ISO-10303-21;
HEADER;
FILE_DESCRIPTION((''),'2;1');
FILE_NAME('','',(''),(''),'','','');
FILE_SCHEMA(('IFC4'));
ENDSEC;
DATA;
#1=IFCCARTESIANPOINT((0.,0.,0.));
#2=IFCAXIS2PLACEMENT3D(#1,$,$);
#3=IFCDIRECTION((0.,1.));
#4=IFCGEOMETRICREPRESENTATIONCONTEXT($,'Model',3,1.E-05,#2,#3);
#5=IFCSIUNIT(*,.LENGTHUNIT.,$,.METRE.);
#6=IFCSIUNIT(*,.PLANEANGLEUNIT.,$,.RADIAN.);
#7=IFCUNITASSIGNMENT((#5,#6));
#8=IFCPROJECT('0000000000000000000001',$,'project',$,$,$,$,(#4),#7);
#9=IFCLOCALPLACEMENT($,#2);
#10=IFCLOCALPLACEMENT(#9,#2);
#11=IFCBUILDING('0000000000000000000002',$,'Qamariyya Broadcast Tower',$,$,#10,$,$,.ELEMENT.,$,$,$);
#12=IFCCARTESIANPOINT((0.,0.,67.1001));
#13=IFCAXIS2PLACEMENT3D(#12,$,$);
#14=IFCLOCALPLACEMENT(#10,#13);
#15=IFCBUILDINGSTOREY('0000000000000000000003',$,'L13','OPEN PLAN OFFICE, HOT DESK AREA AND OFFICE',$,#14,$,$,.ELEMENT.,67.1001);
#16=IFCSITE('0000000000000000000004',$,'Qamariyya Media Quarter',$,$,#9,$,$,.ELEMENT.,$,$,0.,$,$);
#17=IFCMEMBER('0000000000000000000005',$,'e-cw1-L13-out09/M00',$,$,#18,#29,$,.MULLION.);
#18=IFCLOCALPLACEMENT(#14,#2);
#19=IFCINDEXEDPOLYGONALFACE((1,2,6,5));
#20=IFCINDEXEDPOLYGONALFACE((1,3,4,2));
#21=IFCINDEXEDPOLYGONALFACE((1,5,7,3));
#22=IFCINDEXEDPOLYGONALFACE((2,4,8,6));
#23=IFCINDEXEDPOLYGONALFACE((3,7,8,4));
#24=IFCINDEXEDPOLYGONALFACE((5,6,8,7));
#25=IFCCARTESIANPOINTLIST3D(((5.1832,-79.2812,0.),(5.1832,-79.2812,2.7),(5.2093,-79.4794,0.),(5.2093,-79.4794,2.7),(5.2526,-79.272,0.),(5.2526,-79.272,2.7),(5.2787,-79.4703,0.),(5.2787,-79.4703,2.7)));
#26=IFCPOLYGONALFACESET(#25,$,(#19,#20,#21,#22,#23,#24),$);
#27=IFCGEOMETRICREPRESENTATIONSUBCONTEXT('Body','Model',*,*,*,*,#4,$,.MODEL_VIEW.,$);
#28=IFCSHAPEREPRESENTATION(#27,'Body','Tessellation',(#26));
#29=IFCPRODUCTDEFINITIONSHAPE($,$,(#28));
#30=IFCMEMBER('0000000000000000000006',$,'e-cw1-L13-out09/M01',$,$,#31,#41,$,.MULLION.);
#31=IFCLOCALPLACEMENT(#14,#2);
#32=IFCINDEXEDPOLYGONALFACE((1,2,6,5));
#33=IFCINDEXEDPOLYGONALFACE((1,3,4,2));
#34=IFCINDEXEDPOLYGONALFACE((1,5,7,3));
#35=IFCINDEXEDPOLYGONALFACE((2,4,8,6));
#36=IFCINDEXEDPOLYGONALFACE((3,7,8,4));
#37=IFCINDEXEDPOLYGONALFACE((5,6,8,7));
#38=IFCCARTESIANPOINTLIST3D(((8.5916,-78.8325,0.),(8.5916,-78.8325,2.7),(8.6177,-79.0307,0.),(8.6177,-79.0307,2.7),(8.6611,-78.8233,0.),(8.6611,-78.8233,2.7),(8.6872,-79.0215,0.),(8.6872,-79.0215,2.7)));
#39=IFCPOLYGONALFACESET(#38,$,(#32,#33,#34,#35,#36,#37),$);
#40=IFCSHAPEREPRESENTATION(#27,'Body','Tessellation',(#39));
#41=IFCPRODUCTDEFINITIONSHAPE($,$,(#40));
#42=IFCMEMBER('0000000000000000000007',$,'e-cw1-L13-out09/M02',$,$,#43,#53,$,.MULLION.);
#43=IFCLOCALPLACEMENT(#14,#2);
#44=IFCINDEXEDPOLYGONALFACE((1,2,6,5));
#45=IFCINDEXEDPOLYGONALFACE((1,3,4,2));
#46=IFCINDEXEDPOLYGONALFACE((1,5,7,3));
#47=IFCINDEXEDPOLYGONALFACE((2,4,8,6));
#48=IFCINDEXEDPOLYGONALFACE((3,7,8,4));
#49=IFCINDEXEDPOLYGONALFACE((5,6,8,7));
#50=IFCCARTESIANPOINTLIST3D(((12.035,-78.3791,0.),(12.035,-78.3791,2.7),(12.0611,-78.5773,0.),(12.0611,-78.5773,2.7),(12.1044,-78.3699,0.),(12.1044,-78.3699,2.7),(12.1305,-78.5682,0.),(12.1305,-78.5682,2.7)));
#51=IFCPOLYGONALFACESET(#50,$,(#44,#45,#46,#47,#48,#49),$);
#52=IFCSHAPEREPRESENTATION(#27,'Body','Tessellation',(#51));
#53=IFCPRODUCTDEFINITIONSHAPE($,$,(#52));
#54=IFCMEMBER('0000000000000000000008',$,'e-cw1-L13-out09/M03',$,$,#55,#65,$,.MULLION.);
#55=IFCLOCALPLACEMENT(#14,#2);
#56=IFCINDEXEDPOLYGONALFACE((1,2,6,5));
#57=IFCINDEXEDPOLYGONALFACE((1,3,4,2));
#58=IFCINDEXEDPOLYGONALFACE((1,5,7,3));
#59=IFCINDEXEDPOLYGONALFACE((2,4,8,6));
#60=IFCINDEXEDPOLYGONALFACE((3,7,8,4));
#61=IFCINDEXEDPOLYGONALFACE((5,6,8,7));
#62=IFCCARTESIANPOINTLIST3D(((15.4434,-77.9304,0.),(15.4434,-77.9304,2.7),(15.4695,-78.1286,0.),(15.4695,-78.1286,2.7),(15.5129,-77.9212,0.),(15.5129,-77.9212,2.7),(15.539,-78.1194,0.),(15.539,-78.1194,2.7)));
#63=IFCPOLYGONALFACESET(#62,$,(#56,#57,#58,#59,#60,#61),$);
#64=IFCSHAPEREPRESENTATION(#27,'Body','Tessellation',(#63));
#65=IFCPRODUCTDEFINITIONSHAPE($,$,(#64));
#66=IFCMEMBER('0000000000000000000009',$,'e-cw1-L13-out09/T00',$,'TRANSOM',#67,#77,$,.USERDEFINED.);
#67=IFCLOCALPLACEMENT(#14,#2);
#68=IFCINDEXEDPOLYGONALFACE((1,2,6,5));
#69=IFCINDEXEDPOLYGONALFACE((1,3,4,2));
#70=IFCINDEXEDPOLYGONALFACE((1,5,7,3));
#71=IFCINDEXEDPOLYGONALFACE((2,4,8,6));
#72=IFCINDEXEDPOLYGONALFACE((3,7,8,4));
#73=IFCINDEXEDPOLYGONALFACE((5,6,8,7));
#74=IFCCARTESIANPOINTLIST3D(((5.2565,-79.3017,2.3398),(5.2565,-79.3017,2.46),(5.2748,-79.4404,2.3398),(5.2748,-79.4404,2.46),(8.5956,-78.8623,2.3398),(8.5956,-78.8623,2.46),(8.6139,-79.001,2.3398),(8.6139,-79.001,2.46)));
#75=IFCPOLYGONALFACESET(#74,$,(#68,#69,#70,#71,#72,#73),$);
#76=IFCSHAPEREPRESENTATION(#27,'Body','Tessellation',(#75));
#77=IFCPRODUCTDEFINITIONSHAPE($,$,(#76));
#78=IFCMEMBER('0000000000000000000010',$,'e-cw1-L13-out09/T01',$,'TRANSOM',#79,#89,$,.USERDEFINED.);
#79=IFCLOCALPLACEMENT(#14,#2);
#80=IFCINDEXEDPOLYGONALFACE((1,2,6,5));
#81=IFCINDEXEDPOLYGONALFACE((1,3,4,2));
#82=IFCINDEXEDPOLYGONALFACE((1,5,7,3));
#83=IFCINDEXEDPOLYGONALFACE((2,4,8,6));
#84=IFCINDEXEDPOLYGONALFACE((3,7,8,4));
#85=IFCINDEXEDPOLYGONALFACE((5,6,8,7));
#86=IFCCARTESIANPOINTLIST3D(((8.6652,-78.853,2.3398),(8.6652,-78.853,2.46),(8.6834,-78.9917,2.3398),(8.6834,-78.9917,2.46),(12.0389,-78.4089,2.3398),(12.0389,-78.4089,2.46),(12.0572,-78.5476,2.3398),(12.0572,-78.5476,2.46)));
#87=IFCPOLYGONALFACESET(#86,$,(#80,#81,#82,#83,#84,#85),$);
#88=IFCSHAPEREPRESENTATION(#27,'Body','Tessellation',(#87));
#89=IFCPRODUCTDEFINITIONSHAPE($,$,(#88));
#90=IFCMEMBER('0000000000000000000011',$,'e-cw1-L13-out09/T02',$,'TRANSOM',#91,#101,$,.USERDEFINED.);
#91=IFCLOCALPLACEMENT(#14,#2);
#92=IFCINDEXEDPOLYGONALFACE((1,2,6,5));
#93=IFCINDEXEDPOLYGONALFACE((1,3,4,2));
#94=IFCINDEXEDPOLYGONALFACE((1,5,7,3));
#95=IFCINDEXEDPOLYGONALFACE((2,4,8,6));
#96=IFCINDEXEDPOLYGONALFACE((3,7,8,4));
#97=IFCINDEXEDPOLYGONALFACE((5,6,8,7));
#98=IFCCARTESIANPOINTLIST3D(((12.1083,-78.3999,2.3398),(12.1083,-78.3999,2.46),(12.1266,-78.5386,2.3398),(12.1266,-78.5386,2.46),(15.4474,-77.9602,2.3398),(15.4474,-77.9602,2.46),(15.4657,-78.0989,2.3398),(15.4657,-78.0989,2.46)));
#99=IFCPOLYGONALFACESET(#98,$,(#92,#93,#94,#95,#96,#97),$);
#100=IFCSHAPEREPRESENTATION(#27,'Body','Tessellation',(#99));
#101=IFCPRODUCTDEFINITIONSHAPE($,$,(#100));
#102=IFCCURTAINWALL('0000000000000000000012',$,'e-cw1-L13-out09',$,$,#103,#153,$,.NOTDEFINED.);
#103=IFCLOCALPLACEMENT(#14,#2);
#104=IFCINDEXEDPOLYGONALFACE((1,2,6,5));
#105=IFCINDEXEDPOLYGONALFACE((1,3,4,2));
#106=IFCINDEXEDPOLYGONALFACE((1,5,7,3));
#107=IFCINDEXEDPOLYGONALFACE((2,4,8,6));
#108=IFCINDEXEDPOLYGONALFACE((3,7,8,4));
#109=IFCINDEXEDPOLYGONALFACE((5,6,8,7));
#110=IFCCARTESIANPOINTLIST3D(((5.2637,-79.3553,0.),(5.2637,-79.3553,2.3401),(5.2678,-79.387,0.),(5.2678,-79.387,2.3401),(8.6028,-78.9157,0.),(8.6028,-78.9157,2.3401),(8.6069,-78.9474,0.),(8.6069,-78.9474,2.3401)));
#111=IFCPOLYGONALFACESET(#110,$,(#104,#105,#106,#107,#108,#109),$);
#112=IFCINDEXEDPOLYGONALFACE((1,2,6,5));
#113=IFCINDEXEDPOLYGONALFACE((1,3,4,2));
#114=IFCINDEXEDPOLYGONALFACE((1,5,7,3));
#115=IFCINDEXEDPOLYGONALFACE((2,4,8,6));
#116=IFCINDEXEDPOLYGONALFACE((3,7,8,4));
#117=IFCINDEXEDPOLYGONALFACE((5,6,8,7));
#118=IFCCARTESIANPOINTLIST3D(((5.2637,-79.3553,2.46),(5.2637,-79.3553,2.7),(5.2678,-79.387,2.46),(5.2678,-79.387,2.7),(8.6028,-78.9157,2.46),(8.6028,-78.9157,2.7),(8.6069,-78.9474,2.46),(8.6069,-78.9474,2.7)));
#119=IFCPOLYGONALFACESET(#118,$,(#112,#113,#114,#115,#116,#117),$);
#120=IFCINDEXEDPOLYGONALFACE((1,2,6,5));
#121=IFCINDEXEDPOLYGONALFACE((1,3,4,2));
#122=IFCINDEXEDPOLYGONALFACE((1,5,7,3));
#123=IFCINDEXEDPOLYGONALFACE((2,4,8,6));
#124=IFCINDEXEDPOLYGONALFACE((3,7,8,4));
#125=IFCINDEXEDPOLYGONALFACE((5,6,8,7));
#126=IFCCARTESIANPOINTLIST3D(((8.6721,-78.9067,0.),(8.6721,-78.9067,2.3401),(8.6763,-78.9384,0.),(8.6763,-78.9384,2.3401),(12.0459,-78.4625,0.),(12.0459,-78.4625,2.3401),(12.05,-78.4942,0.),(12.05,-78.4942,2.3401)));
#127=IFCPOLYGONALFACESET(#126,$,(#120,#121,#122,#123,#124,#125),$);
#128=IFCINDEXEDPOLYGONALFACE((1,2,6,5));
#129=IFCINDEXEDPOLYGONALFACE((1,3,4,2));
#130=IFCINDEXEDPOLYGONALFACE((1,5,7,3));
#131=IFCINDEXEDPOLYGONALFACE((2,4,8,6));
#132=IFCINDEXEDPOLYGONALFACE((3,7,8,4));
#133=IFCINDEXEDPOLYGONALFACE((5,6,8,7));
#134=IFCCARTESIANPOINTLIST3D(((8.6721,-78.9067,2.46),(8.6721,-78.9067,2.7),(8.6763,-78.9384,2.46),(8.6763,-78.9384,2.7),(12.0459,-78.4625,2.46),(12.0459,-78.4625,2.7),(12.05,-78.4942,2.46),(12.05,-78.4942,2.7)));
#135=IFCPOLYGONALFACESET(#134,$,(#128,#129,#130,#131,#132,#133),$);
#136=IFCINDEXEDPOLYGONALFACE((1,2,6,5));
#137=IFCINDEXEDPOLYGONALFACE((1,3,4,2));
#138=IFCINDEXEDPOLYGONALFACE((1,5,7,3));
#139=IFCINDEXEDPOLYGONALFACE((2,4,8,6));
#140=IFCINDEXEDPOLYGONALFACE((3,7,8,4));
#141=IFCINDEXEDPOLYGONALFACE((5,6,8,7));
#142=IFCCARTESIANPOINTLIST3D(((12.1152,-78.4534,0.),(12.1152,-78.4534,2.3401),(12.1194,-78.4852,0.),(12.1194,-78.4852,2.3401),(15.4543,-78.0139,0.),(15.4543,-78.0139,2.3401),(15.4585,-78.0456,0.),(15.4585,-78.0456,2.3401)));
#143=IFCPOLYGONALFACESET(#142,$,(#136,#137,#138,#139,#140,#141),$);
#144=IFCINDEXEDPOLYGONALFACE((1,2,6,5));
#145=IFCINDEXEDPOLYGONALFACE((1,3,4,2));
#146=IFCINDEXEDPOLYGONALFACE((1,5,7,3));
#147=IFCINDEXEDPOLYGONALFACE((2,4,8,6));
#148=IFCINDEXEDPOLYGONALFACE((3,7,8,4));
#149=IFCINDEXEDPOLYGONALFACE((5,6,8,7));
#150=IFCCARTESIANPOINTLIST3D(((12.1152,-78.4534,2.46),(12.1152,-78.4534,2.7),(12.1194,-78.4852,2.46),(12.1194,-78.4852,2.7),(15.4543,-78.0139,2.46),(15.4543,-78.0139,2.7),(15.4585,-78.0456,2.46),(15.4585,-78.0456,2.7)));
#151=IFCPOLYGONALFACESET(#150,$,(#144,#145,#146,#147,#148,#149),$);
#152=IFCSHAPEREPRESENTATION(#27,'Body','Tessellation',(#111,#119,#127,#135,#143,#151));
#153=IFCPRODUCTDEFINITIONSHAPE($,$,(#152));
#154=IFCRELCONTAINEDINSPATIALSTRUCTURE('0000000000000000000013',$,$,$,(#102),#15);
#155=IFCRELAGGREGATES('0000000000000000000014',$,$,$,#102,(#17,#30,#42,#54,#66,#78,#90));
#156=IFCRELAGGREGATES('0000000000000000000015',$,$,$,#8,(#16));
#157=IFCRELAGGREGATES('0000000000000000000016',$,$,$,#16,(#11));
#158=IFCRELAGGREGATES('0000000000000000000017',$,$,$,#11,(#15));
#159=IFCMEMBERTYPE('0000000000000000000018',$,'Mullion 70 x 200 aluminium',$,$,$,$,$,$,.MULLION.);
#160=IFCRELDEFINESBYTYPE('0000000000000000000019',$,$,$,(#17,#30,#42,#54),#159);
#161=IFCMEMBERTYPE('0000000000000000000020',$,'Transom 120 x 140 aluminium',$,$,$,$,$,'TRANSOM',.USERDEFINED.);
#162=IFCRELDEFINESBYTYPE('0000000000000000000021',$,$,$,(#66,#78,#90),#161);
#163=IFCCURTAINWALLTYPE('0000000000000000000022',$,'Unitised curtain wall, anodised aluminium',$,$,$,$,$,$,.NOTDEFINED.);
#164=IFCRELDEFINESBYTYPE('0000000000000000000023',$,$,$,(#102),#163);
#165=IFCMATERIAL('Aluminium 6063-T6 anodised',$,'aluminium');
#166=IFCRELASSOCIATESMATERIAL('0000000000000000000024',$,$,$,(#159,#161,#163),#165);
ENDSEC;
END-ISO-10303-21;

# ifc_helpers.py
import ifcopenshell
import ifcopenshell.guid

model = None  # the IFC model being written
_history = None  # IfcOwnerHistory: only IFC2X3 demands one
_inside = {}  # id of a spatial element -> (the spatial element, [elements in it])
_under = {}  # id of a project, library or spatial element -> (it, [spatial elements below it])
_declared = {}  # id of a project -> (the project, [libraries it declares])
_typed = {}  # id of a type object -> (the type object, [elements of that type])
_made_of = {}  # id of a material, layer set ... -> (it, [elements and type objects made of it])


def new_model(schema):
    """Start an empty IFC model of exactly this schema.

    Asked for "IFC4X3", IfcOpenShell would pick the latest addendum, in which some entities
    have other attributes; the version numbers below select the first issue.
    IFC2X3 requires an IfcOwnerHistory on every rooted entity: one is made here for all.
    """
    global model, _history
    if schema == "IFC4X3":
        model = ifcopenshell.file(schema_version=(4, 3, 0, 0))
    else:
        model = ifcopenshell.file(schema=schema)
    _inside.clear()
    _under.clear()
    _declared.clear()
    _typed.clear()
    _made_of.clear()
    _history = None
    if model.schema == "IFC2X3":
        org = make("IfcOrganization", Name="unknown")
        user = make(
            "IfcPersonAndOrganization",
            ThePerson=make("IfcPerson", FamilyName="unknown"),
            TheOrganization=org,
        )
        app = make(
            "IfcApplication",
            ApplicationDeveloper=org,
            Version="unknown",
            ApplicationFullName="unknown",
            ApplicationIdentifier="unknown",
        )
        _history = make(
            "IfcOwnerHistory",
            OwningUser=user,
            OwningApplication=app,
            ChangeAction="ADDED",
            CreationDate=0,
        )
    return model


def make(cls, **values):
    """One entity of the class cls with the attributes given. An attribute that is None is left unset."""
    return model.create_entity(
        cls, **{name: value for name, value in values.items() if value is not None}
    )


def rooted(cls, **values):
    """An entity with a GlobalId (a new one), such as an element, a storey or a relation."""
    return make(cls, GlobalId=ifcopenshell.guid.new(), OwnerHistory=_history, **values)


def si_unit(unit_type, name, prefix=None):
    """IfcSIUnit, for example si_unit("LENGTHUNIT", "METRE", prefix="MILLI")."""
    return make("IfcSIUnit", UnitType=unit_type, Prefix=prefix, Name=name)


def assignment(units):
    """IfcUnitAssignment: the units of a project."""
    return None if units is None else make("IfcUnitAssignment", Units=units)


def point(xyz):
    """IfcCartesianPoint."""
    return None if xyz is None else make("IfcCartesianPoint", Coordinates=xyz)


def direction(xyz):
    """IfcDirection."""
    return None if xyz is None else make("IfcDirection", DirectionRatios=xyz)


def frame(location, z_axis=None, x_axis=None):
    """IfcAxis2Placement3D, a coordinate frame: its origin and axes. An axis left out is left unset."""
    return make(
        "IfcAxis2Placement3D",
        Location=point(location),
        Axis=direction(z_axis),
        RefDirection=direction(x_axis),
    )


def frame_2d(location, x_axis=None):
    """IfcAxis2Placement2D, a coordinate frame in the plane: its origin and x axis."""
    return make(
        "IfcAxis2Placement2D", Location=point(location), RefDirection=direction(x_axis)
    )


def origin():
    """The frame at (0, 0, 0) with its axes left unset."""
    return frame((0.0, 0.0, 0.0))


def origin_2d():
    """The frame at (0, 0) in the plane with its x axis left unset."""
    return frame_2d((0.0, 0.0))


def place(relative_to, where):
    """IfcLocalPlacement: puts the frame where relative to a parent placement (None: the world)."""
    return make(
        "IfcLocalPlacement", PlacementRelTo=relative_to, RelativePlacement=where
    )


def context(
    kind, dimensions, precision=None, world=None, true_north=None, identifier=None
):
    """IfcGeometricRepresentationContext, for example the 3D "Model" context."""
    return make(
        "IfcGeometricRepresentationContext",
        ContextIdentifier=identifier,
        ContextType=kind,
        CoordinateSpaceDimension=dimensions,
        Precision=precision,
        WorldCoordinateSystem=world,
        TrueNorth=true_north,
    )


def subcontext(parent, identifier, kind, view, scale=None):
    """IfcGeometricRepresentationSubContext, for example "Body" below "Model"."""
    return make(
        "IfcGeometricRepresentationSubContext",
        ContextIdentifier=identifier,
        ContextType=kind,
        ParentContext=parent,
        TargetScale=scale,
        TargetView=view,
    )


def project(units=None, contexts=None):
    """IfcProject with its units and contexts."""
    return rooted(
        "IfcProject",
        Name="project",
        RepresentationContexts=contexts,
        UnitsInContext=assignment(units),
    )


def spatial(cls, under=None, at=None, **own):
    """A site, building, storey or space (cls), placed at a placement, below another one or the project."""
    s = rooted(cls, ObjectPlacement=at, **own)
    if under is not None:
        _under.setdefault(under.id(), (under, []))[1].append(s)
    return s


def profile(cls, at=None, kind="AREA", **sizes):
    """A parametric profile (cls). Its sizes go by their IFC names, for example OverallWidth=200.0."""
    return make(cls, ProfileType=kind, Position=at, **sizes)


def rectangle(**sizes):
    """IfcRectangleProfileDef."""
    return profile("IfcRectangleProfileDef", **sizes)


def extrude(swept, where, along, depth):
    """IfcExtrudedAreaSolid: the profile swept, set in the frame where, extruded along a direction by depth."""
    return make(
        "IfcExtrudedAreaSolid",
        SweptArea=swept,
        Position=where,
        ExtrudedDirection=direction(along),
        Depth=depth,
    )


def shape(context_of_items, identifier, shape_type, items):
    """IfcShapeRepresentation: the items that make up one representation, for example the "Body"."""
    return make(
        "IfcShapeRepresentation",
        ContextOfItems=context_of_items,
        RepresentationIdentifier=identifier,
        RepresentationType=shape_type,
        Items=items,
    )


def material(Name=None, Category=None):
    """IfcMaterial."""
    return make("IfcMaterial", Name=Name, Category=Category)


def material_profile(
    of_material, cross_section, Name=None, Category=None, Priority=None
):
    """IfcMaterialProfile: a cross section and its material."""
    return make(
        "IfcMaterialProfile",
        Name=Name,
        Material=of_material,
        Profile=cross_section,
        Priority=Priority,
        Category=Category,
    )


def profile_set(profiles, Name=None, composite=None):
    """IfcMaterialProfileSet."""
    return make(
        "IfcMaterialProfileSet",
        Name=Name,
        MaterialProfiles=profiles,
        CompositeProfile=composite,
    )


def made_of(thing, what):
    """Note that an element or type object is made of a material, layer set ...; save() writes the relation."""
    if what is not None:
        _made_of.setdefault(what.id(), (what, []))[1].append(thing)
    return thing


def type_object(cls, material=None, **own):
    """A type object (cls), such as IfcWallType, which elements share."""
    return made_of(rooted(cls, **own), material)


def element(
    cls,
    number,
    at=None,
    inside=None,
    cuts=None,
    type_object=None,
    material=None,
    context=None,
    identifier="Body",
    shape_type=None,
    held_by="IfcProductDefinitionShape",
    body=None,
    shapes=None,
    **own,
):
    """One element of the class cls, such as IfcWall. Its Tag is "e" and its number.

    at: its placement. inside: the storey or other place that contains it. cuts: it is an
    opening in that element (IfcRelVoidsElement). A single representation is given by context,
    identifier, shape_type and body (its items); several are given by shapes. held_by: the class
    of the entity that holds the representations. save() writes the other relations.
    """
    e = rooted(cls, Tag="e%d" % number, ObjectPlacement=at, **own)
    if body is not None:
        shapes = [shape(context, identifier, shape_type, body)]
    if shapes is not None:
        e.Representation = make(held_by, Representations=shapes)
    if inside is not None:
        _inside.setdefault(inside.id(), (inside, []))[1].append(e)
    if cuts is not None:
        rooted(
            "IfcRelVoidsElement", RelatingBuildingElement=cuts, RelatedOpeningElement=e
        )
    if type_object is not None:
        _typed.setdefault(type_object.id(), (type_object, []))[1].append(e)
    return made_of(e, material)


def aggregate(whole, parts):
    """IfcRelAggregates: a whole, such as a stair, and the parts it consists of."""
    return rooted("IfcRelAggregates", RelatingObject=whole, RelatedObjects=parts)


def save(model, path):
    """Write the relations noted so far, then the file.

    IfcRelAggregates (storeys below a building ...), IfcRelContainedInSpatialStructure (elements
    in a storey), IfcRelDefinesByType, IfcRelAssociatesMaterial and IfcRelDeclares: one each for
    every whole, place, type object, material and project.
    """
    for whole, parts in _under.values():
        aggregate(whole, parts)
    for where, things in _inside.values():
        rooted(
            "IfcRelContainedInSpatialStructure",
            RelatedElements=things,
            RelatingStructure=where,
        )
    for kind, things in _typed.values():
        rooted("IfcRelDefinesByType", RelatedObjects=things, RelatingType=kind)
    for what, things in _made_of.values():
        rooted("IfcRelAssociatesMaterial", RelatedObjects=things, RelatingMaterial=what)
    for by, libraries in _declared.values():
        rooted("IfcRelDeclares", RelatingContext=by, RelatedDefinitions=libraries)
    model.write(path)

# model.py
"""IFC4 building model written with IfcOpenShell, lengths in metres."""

from ifc_helpers import new_model, si_unit, direction, frame, origin, origin_2d, place, context, subcontext, project, spatial, rectangle, extrude, material, material_profile, profile_set, type_object, element, aggregate, save


model = new_model("IFC4")

# Units and contexts
model_context = context("Model", 3, precision=1e-05, world=origin(), true_north=direction((0.0, 1.0)))
body_context = subcontext(model_context, "Body", "Model", "MODEL_VIEW")
ifc_project = project(units=[si_unit("LENGTHUNIT", "METRE"), si_unit("PLANEANGLEUNIT", "RADIAN")], contexts=[model_context])

# Members
ifc_material = material(Name="Aluminium 6063-T6 anodised", Category="aluminium")
ifc_material_profile_1 = material_profile(ifc_material, rectangle(XDim=0.2, YDim=0.0701, at=origin_2d()))
ifc_profile_set_1 = profile_set([ifc_material_profile_1], Name="Aluminium 6063-T6 anodised")
member_type_1 = type_object("IfcMemberType", Name="Mullion 70 x 200 aluminium", PredefinedType="MULLION", material=ifc_profile_set_1)
site_placement = place(None, origin())
building_placement = place(site_placement, origin())
storey_placement = place(building_placement, frame((0.0, 0.0, 67.1001)))
member_1_placement = place(storey_placement, frame((5.231, -79.3757, 0.0), z_axis=(0.0, 0.0, 1.0), x_axis=(-0.130526, 0.991445, 0.0)))
member_1 = element("IfcMember", 1, at=member_1_placement, type_object=member_type_1, Name="e-cw1-L13-out09/M00", PredefinedType="MULLION", context=body_context, shape_type="SweptSolid", body=[
    extrude(rectangle(XDim=0.2, YDim=0.0701, at=origin_2d()), origin(), (0.0, 0.0, 1.0), 2.7),
])
member_2_placement = place(storey_placement, frame((8.6394, -78.927, 0.0), z_axis=(0.0, 0.0, 1.0), x_axis=(-0.130526, 0.991445, 0.0)))
member_2 = element("IfcMember", 2, at=member_2_placement, type_object=member_type_1, Name="e-cw1-L13-out09/M01", PredefinedType="MULLION", context=body_context, shape_type="SweptSolid", body=[
    extrude(rectangle(XDim=0.2, YDim=0.0701, at=origin_2d()), origin(), (0.0, 0.0, 1.0), 2.7),
])
member_3_placement = place(storey_placement, frame((12.0828, -78.4736, 0.0), z_axis=(0.0, 0.0, 1.0), x_axis=(-0.130526, 0.991445, 0.0)))
member_3 = element("IfcMember", 3, at=member_3_placement, type_object=member_type_1, Name="e-cw1-L13-out09/M02", PredefinedType="MULLION", context=body_context, shape_type="SweptSolid", body=[
    extrude(rectangle(XDim=0.2, YDim=0.0701, at=origin_2d()), origin(), (0.0, 0.0, 1.0), 2.7),
])
member_4_placement = place(storey_placement, frame((15.4912, -78.0249, 0.0), z_axis=(0.0, 0.0, 1.0), x_axis=(-0.130526, 0.991445, 0.0)))
member_4 = element("IfcMember", 4, at=member_4_placement, type_object=member_type_1, Name="e-cw1-L13-out09/M03", PredefinedType="MULLION", context=body_context, shape_type="SweptSolid", body=[
    extrude(rectangle(XDim=0.2, YDim=0.0701, at=origin_2d()), origin(), (0.0, 0.0, 1.0), 2.7),
])
ifc_material_profile_2 = material_profile(ifc_material, rectangle(XDim=0.1399, YDim=0.1201, at=origin_2d()))
ifc_profile_set_2 = profile_set([ifc_material_profile_2], Name="Aluminium 6063-T6 anodised")
member_type_2 = type_object("IfcMemberType", Name="Transom 120 x 140 aluminium", ElementType="TRANSOM", PredefinedType="USERDEFINED", material=ifc_profile_set_2)
member_5_placement = place(storey_placement, frame((5.2656, -79.3711, 2.3999), z_axis=(0.991451, 0.130483, 0.0), x_axis=(-0.130483, 0.991451, 0.0)))
member_5 = element("IfcMember", 5, at=member_5_placement, type_object=member_type_2, Name="e-cw1-L13-out09/T00", ObjectType="TRANSOM", PredefinedType="USERDEFINED", context=body_context, shape_type="SweptSolid", body=[
    extrude(rectangle(XDim=0.1399, YDim=0.1201, at=origin_2d()), origin(), (0.0, 0.0, 1.0), 3.3679),
])
member_6_placement = place(storey_placement, frame((8.6743, -78.9224, 2.3999), z_axis=(0.991448, 0.130505, 0.0), x_axis=(-0.130505, 0.991448, 0.0)))
member_6 = element("IfcMember", 6, at=member_6_placement, type_object=member_type_2, Name="e-cw1-L13-out09/T01", ObjectType="TRANSOM", PredefinedType="USERDEFINED", context=body_context, shape_type="SweptSolid", body=[
    extrude(rectangle(XDim=0.1399, YDim=0.1201, at=origin_2d()), origin(), (0.0, 0.0, 1.0), 3.4028),
])
member_7_placement = place(storey_placement, frame((12.1174, -78.4692, 2.3999), z_axis=(0.991441, 0.130554, 0.0), x_axis=(-0.130554, 0.991441, 0.0)))
member_7 = element("IfcMember", 7, at=member_7_placement, type_object=member_type_2, Name="e-cw1-L13-out09/T02", ObjectType="TRANSOM", PredefinedType="USERDEFINED", context=body_context, shape_type="SweptSolid", body=[
    extrude(rectangle(XDim=0.1399, YDim=0.1201, at=origin_2d()), origin(), (0.0, 0.0, 1.0), 3.3679),
])

# Site, building, storey
site = spatial("IfcSite", under=ifc_project, at=site_placement, Name="Qamariyya Media Quarter", CompositionType="ELEMENT", RefElevation=0.0)
building = spatial("IfcBuilding", under=site, at=building_placement, Name="Qamariyya Broadcast Tower", CompositionType="ELEMENT")
storey = spatial("IfcBuildingStorey", under=building, at=storey_placement, Name="L13", Description="OPEN PLAN OFFICE, HOT DESK AREA AND OFFICE", CompositionType="ELEMENT", Elevation=67.1001)

# Curtain wall
curtain_wall_type = type_object("IfcCurtainWallType", Name="Unitised curtain wall, anodised aluminium", PredefinedType="NOTDEFINED", material=ifc_material)
curtain_wall_1_placement = place(storey_placement, origin())
curtain_wall_1 = element("IfcCurtainWall", 8, at=curtain_wall_1_placement, inside=storey, type_object=curtain_wall_type, Name="e-cw1-L13-out09", PredefinedType="NOTDEFINED", context=body_context, shape_type="SweptSolid", body=[
    extrude(rectangle(XDim=3.3679, YDim=0.032, at=origin_2d()), frame((6.9353, -79.1514, 0.0), x_axis=(0.991446, 0.130521, 0.0)), (0.0, 0.0, 1.0), 2.3401),
    extrude(rectangle(XDim=3.3679, YDim=0.032, at=origin_2d()), frame((6.9353, -79.1514, 2.46), x_axis=(0.991446, 0.130521, 0.0)), (0.0, 0.0, 1.0), 0.24),
    extrude(rectangle(XDim=3.4028, YDim=0.032, at=origin_2d()), frame((10.3611, -78.7004, 0.0), x_axis=(0.991446, 0.130521, 0.0)), (0.0, 0.0, 1.0), 2.3401),
    extrude(rectangle(XDim=3.4028, YDim=0.032, at=origin_2d()), frame((10.3611, -78.7004, 2.46), x_axis=(0.991446, 0.130521, 0.0)), (0.0, 0.0, 1.0), 0.24),
    extrude(rectangle(XDim=3.3679, YDim=0.032, at=origin_2d()), frame((13.7869, -78.2495, 0.0), x_axis=(0.991446, 0.130521, 0.0)), (0.0, 0.0, 1.0), 2.3401),
    extrude(rectangle(XDim=3.3679, YDim=0.032, at=origin_2d()), frame((13.7869, -78.2495, 2.46), x_axis=(0.991446, 0.130521, 0.0)), (0.0, 0.0, 1.0), 0.24),
])
aggregate(curtain_wall_1, [member_1, member_2, member_3, member_4, member_5, member_6, member_7])

save(model, "model.ifc")
